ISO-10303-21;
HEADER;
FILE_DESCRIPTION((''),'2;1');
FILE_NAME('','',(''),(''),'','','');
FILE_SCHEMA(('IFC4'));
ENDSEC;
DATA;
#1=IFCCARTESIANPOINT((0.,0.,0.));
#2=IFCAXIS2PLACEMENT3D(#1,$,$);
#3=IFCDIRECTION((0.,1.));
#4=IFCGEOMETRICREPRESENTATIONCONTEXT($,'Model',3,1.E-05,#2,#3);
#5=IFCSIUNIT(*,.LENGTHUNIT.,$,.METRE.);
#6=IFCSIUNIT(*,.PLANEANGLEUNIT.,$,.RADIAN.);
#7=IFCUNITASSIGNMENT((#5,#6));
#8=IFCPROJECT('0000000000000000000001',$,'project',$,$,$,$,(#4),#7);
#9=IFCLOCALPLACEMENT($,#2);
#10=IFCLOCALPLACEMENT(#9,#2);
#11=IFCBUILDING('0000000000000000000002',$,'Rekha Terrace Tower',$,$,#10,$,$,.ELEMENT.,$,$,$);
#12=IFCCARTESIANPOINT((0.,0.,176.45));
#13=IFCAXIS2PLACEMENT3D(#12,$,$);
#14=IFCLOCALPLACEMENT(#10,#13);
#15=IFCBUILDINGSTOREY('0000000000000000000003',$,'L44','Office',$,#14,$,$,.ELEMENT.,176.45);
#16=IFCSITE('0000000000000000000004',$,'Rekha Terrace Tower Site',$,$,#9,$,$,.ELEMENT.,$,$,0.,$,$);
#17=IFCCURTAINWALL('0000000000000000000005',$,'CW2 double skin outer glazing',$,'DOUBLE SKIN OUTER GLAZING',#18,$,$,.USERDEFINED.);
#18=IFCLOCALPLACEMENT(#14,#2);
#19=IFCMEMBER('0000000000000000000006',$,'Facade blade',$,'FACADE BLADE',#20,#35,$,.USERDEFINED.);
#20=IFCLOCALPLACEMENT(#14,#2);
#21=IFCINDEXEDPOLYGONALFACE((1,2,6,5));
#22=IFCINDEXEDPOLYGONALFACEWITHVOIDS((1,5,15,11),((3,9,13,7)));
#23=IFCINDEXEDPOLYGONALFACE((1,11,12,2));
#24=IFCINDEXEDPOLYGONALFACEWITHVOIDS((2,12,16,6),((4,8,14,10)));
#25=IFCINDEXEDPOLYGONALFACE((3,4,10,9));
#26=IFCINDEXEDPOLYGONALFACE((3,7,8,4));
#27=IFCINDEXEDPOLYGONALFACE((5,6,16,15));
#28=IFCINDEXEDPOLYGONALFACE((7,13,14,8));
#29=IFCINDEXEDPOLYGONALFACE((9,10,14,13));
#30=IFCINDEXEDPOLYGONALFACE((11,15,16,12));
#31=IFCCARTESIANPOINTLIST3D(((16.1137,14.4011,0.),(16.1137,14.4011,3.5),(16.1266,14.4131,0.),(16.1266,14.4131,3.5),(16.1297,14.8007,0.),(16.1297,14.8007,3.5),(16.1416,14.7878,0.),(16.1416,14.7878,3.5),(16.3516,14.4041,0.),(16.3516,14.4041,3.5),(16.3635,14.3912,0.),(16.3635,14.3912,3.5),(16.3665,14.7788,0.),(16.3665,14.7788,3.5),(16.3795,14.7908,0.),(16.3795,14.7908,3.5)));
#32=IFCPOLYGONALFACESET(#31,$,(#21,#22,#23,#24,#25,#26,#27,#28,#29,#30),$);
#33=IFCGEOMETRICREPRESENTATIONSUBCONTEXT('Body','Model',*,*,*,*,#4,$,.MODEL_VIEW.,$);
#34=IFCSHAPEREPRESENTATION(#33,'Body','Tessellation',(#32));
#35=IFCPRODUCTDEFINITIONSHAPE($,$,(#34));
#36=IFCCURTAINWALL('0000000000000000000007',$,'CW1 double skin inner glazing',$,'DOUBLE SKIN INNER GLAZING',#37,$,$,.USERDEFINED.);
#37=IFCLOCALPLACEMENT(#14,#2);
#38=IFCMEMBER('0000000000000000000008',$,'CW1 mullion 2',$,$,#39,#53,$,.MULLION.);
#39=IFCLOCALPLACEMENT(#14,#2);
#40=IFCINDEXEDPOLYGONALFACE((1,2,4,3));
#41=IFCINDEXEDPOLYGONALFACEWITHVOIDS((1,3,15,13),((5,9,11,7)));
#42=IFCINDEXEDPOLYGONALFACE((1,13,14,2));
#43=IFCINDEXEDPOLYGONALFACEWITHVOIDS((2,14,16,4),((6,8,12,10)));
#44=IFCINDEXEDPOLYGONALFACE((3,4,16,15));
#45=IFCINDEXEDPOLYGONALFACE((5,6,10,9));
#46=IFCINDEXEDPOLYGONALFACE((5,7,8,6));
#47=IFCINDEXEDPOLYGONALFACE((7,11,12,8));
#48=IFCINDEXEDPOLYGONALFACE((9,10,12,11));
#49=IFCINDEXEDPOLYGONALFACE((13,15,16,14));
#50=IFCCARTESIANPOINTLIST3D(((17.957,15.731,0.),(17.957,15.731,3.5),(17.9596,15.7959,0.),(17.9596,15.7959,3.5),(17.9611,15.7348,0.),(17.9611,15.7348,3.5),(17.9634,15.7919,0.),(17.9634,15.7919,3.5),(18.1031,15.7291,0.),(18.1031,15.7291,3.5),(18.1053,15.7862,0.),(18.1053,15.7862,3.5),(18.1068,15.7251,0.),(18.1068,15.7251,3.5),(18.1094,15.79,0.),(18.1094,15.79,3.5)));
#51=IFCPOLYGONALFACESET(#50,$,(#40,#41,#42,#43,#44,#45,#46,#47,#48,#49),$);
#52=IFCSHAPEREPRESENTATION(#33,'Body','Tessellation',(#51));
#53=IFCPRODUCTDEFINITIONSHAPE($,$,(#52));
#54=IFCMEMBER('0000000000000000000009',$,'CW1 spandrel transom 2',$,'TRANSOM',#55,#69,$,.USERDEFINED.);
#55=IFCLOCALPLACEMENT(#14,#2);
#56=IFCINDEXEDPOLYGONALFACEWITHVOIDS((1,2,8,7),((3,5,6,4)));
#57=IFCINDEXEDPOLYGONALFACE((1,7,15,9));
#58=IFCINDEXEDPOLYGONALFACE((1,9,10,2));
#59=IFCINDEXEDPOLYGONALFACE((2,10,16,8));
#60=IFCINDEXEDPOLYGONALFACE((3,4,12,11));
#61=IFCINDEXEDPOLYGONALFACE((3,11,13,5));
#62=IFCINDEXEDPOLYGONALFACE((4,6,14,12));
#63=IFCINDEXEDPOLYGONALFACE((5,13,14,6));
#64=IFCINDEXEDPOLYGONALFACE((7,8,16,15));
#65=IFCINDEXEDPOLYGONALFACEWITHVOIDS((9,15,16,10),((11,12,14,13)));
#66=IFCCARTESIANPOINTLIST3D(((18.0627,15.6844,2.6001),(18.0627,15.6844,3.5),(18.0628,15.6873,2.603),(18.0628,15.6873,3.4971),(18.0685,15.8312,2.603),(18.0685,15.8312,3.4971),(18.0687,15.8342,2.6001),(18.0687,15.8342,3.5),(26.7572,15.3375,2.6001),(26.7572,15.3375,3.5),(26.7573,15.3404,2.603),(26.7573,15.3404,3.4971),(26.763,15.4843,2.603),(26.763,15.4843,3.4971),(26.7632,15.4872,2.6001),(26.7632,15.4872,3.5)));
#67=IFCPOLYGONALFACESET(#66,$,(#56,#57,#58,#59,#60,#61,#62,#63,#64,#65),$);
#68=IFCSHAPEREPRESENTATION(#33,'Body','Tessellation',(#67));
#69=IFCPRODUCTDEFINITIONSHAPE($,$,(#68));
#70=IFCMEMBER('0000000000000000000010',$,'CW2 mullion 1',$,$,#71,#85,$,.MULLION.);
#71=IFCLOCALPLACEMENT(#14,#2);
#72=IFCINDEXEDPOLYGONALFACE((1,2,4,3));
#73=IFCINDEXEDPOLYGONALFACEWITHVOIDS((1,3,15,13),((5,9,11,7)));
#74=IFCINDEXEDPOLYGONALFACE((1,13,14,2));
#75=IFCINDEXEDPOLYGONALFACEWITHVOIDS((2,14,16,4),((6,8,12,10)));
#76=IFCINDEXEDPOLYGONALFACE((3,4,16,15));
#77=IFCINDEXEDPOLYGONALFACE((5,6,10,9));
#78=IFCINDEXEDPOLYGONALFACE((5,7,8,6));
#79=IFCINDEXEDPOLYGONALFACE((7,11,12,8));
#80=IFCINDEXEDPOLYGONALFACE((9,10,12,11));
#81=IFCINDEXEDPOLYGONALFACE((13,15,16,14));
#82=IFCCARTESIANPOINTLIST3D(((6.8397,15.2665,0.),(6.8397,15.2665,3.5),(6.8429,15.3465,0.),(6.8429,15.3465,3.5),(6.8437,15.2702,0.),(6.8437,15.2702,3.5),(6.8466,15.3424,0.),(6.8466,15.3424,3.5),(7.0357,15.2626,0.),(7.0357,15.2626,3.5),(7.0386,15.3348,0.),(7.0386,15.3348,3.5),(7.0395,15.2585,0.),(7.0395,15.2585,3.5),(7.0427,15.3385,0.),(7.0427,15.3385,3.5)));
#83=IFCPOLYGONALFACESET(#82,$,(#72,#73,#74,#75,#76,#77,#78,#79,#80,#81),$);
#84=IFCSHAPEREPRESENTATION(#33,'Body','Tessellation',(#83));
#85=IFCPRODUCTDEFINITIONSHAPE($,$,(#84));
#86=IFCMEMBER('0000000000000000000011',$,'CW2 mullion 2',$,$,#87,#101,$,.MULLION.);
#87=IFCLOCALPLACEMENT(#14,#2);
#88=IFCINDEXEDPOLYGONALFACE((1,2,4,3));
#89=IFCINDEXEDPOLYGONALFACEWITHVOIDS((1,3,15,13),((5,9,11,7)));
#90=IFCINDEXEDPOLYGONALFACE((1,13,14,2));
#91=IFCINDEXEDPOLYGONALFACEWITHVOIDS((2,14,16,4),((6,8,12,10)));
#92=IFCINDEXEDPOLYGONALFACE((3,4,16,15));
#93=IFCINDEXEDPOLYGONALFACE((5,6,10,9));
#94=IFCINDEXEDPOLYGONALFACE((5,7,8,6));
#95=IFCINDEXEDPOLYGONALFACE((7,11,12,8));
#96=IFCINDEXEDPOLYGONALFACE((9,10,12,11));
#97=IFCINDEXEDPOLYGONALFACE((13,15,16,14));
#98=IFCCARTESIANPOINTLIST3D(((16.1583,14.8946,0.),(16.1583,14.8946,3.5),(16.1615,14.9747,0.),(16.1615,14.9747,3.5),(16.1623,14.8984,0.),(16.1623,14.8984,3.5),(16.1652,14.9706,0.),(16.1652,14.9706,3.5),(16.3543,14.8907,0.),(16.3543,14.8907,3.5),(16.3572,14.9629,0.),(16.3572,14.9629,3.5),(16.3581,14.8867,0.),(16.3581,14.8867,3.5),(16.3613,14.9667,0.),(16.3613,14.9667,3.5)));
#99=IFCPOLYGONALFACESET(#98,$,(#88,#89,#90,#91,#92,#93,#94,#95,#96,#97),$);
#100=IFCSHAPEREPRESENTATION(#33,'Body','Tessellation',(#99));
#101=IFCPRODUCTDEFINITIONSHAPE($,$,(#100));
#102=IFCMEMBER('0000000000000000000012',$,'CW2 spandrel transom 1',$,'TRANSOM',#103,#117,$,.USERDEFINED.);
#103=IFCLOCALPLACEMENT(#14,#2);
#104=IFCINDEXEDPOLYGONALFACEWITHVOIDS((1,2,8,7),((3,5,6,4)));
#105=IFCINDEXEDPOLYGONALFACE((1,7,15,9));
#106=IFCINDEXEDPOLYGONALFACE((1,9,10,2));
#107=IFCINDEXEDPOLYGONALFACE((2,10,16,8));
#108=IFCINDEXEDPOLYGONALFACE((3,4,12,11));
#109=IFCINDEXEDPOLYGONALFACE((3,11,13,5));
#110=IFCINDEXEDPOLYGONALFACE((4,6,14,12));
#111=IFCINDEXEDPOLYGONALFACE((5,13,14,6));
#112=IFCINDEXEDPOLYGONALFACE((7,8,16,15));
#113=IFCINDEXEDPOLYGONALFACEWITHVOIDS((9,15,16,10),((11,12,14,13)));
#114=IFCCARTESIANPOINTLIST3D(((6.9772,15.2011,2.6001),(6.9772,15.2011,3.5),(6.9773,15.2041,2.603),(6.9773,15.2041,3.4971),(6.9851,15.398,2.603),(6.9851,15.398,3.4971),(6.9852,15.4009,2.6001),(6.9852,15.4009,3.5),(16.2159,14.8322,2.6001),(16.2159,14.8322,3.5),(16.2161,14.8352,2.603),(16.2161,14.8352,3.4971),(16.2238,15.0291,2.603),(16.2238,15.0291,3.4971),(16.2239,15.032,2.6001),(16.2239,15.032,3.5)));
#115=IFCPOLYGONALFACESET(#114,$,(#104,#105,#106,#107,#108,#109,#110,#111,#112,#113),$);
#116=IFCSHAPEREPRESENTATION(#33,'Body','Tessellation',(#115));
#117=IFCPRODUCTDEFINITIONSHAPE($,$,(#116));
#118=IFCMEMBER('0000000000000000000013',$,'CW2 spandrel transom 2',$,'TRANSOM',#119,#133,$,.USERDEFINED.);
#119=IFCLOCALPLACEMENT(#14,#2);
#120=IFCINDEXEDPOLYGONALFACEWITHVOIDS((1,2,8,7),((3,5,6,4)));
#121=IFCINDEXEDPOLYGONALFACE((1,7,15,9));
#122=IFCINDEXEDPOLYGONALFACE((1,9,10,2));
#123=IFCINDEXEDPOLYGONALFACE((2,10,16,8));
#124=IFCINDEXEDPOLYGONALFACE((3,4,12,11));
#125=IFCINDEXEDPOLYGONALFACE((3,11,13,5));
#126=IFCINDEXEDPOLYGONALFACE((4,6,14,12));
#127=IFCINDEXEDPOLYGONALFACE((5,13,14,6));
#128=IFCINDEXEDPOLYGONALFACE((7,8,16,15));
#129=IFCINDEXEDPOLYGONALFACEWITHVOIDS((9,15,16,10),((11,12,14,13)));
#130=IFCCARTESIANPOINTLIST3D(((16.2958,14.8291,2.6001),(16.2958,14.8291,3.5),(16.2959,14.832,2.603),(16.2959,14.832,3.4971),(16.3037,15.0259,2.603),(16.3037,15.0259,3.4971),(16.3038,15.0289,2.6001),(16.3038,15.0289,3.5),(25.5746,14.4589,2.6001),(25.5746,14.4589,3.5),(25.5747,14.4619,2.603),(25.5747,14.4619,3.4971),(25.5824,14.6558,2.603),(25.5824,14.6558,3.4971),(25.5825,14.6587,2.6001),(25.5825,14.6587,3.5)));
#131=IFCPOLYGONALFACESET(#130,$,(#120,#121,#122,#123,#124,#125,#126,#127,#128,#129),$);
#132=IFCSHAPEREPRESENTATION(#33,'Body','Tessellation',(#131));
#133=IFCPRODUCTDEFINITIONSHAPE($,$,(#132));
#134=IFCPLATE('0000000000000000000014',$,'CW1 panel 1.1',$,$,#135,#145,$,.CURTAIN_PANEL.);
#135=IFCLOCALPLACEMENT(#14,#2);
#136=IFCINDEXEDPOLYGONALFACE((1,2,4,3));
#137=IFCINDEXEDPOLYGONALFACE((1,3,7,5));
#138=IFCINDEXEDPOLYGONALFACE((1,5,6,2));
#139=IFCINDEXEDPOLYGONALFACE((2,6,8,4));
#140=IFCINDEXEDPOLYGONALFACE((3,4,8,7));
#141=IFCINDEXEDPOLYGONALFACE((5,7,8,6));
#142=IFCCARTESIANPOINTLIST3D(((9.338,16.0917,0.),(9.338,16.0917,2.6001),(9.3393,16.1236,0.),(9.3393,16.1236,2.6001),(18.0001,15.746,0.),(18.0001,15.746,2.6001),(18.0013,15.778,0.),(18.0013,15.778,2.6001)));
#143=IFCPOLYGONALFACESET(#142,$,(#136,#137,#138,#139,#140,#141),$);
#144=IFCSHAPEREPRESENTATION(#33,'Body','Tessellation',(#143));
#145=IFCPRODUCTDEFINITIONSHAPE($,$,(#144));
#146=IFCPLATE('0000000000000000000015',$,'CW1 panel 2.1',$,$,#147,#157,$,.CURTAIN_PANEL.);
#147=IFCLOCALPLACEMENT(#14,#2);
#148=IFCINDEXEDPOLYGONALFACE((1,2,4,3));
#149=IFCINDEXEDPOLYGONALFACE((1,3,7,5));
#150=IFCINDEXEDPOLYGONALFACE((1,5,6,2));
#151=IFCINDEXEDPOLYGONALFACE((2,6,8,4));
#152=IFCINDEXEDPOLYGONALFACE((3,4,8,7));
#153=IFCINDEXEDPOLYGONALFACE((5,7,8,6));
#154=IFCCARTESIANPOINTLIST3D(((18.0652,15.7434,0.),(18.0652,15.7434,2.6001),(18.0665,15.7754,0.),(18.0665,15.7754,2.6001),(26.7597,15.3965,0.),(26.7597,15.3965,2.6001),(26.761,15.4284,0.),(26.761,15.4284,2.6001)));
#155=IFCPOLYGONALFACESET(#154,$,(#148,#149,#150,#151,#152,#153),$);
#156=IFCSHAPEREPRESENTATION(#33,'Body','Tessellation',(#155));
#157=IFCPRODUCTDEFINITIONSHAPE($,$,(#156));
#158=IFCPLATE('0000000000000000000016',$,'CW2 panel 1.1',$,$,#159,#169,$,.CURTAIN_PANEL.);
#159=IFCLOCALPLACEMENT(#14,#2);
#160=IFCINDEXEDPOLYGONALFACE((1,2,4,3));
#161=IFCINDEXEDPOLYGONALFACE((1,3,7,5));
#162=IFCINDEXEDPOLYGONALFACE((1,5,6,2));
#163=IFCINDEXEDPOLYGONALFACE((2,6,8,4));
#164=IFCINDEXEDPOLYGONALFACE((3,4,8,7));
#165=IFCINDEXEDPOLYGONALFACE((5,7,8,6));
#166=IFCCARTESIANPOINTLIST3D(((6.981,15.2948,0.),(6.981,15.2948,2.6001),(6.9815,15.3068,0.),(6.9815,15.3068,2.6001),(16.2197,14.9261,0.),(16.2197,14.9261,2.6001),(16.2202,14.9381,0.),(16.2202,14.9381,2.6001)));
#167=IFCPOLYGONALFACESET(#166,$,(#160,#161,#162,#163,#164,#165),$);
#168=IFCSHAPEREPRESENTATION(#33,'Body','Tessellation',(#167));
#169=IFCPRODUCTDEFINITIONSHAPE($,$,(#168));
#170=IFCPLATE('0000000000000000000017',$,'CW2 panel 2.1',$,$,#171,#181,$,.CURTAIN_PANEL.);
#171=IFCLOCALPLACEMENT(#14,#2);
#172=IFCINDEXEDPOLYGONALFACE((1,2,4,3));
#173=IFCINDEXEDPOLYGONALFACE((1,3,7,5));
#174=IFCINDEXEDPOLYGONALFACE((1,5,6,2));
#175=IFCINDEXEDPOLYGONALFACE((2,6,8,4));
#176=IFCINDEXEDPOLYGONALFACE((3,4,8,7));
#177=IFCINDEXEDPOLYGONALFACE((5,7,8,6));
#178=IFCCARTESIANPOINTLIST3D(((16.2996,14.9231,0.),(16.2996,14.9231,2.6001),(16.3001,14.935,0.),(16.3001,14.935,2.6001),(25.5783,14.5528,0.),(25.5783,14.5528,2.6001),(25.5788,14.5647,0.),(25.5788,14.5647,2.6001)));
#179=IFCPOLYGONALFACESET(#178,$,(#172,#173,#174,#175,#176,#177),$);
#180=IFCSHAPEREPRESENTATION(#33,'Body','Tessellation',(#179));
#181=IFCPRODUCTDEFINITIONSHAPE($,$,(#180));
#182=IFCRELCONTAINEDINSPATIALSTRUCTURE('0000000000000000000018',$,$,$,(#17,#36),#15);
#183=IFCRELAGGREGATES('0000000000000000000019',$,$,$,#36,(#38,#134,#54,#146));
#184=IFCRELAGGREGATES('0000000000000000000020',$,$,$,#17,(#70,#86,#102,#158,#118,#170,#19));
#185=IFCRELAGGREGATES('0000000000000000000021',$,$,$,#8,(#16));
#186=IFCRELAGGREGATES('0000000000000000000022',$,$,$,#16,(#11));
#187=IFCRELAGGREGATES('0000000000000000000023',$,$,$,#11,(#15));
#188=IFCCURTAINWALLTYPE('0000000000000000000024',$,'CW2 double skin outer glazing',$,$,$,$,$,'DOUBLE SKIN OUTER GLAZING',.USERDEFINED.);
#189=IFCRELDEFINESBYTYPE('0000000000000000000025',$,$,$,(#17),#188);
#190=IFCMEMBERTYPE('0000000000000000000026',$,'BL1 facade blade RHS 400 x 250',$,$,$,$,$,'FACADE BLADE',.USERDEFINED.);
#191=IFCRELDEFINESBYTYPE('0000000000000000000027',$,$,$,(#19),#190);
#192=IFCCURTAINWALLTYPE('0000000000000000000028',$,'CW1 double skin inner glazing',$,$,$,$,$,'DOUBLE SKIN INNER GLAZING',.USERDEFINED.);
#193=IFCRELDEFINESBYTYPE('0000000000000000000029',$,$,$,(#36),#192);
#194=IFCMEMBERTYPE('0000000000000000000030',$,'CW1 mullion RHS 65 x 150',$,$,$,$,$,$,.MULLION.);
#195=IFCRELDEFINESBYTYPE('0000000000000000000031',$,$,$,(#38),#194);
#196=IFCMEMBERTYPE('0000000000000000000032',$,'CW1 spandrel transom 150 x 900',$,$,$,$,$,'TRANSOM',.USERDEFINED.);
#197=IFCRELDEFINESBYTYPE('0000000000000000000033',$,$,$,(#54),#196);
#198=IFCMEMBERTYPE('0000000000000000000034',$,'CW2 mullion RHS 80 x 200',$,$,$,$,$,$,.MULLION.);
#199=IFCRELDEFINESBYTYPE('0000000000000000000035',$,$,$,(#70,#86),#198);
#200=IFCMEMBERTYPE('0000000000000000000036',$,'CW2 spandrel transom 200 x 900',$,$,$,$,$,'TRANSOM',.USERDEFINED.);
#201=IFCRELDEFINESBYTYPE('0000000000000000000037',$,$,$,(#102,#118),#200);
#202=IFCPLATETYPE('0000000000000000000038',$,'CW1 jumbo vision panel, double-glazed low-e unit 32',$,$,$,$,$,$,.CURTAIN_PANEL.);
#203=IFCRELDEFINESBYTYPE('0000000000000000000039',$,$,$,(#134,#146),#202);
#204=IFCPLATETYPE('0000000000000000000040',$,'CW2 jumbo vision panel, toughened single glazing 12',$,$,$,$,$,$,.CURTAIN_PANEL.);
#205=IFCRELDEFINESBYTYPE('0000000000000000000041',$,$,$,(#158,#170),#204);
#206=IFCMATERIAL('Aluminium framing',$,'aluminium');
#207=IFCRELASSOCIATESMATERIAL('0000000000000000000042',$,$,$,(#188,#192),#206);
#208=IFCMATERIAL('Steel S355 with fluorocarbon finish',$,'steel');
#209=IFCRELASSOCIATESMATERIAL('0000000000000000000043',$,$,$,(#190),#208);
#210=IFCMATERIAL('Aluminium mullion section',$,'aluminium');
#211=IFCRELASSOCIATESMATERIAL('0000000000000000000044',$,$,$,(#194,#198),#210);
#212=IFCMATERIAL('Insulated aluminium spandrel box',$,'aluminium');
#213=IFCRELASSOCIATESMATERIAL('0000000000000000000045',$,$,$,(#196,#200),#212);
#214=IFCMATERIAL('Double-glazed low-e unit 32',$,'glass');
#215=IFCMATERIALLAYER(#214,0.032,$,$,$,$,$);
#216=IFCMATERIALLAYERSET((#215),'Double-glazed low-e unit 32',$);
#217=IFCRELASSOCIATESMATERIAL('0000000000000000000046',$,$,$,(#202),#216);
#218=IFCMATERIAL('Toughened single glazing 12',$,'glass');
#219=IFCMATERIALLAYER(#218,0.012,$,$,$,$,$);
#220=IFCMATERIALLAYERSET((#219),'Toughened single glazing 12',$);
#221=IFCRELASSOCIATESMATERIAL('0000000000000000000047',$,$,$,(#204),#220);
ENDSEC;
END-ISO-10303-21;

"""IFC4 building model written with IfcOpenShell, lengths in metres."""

from ifc_helpers import new_model, si_unit, direction, frame, origin, origin_2d, place, context, subcontext, project, spatial, rectangle, hollow_rectangle, extrude, material, layer, layer_set, material_profile, profile_set, type_object, element, aggregate, save


model = new_model("IFC4")

# Units and contexts
model_context = context("Model", 3, precision=1e-05, world=origin(), true_north=direction((0.0, 1.0)))
body_context = subcontext(model_context, "Body", "Model", "MODEL_VIEW")
ifc_project = project(units=[si_unit("LENGTHUNIT", "METRE"), si_unit("PLANEANGLEUNIT", "RADIAN")], contexts=[model_context])

# Site, building, storey
site_placement = place(None, origin())
site = spatial("IfcSite", under=ifc_project, at=site_placement, Name="Rekha Terrace Tower Site", CompositionType="ELEMENT", RefElevation=0.0)
building_placement = place(site_placement, origin())
building = spatial("IfcBuilding", under=site, at=building_placement, Name="Rekha Terrace Tower", CompositionType="ELEMENT")
storey_placement = place(building_placement, frame((0.0, 0.0, 176.45)))
storey = spatial("IfcBuildingStorey", under=building, at=storey_placement, Name="L44", Description="Office", CompositionType="ELEMENT", Elevation=176.45)

# Curtain wall, member
ifc_material_1 = material(Name="Aluminium framing", Category="aluminium")
curtain_wall_type_1 = type_object("IfcCurtainWallType", Name="CW2 double skin outer glazing", ElementType="DOUBLE SKIN OUTER GLAZING", PredefinedType="USERDEFINED", material=ifc_material_1)
curtain_wall_1_placement = place(storey_placement, origin())
curtain_wall_1 = element("IfcCurtainWall", 1, at=curtain_wall_1_placement, inside=storey, type_object=curtain_wall_type_1, Name="CW2 double skin outer glazing", ObjectType="DOUBLE SKIN OUTER GLAZING", PredefinedType="USERDEFINED")
ifc_material_2 = material(Name="Steel S355 with fluorocarbon finish", Category="steel")
ifc_material_profile_1 = material_profile(ifc_material_2, hollow_rectangle(XDim=0.25, YDim=0.3999, WallThickness=0.0125, at=origin_2d()), Name="RHS400x250x12.5")
ifc_profile_set_1 = profile_set([ifc_material_profile_1], Name="Steel S355 with fluorocarbon finish")
member_type_1 = type_object("IfcMemberType", Name="BL1 facade blade RHS 400 x 250", ElementType="FACADE BLADE", PredefinedType="USERDEFINED", material=ifc_profile_set_1)
member_1_placement = place(storey_placement, frame((16.2466, 14.5959, 0.0), z_axis=(0.0, 0.0, 1.0), x_axis=(0.999205, -0.039872, 0.0)))
member_1 = element("IfcMember", 2, at=member_1_placement, type_object=member_type_1, Name="Facade blade", ObjectType="FACADE BLADE", PredefinedType="USERDEFINED", context=body_context, shape_type="SweptSolid", body=[
    extrude(hollow_rectangle(XDim=0.25, YDim=0.3999, WallThickness=0.0125, at=origin_2d()), origin(), (0.0, 0.0, 1.0), 3.5),
])

# Curtain wall, members
curtain_wall_type_2 = type_object("IfcCurtainWallType", Name="CW1 double skin inner glazing", ElementType="DOUBLE SKIN INNER GLAZING", PredefinedType="USERDEFINED", material=ifc_material_1)
curtain_wall_2_placement = place(storey_placement, origin())
curtain_wall_2 = element("IfcCurtainWall", 3, at=curtain_wall_2_placement, inside=storey, type_object=curtain_wall_type_2, Name="CW1 double skin inner glazing", ObjectType="DOUBLE SKIN INNER GLAZING", PredefinedType="USERDEFINED")
ifc_material_3 = material(Name="Aluminium mullion section", Category="aluminium")
ifc_material_profile_2 = material_profile(ifc_material_3, hollow_rectangle(XDim=0.0649, YDim=0.1499, WallThickness=0.0039, at=origin_2d()), Name="AL RHS 65x150")
ifc_profile_set_2 = profile_set([ifc_material_profile_2], Name="Aluminium mullion section")
member_type_2 = type_object("IfcMemberType", Name="CW1 mullion RHS 65 x 150", PredefinedType="MULLION", material=ifc_profile_set_2)
member_2_placement = place(storey_placement, frame((18.0332, 15.7605, 0.0), z_axis=(0.0, 0.0, 1.0), x_axis=(0.039872, 0.999205, 0.0)))
member_2 = element("IfcMember", 4, at=member_2_placement, type_object=member_type_2, Name="CW1 mullion 2", PredefinedType="MULLION", context=body_context, shape_type="SweptSolid", body=[
    extrude(hollow_rectangle(XDim=0.0649, YDim=0.1499, WallThickness=0.0039, at=origin_2d()), origin(), (0.0, 0.0, 1.0), 3.5),
])
ifc_material_4 = material(Name="Insulated aluminium spandrel box", Category="aluminium")
ifc_material_profile_3 = material_profile(ifc_material_4, hollow_rectangle(XDim=0.1499, YDim=0.8999, WallThickness=0.0029, at=origin_2d()), Name="AL SPANDREL BOX 150x900")
ifc_profile_set_3 = profile_set([ifc_material_profile_3], Name="Insulated aluminium spandrel box")
member_type_3 = type_object("IfcMemberType", Name="CW1 spandrel transom 150 x 900", ElementType="TRANSOM", PredefinedType="USERDEFINED", material=ifc_profile_set_3)
member_3_placement = place(storey_placement, frame((18.0657, 15.7593, 3.05), z_axis=(0.999205, -0.039869, 0.0), x_axis=(0.039869, 0.999205, 0.0)))
member_3 = element("IfcMember", 5, at=member_3_placement, type_object=member_type_3, Name="CW1 spandrel transom 2", ObjectType="TRANSOM", PredefinedType="USERDEFINED", context=body_context, shape_type="SweptSolid", body=[
    extrude(hollow_rectangle(XDim=0.1499, YDim=0.8999, WallThickness=0.0029, at=origin_2d()), origin(), (0.0, 0.0, 1.0), 8.7014),
])

# Members
ifc_material_profile_4 = material_profile(ifc_material_3, hollow_rectangle(XDim=0.0801, YDim=0.2, WallThickness=0.0039, at=origin_2d()), Name="AL RHS 80x200")
ifc_profile_set_4 = profile_set([ifc_material_profile_4], Name="Aluminium mullion section")
member_type_4 = type_object("IfcMemberType", Name="CW2 mullion RHS 80 x 200", PredefinedType="MULLION", material=ifc_profile_set_4)
member_4_placement = place(storey_placement, frame((6.9412, 15.3025, 0.0), z_axis=(0.0, 0.0, 1.0), x_axis=(0.039872, 0.999205, 0.0)))
member_4 = element("IfcMember", 6, at=member_4_placement, type_object=member_type_4, Name="CW2 mullion 1", PredefinedType="MULLION", context=body_context, shape_type="SweptSolid", body=[
    extrude(hollow_rectangle(XDim=0.0801, YDim=0.2, WallThickness=0.0039, at=origin_2d()), origin(), (0.0, 0.0, 1.0), 3.5),
])
member_5_placement = place(storey_placement, frame((16.2598, 14.9307, 0.0), z_axis=(0.0, 0.0, 1.0), x_axis=(0.039872, 0.999205, 0.0)))
member_5 = element("IfcMember", 7, at=member_5_placement, type_object=member_type_4, Name="CW2 mullion 2", PredefinedType="MULLION", context=body_context, shape_type="SweptSolid", body=[
    extrude(hollow_rectangle(XDim=0.0801, YDim=0.2, WallThickness=0.0039, at=origin_2d()), origin(), (0.0, 0.0, 1.0), 3.5),
])
ifc_material_profile_5 = material_profile(ifc_material_4, hollow_rectangle(XDim=0.2, YDim=0.8999, WallThickness=0.0029, at=origin_2d()), Name="AL SPANDREL BOX 200x900")
ifc_profile_set_5 = profile_set([ifc_material_profile_5], Name="Insulated aluminium spandrel box")
member_type_5 = type_object("IfcMemberType", Name="CW2 spandrel transom 200 x 900", ElementType="TRANSOM", PredefinedType="USERDEFINED", material=ifc_profile_set_5)
member_6_placement = place(storey_placement, frame((6.9812, 15.301, 3.05), z_axis=(0.999204, -0.039897, 0.0), x_axis=(0.039897, 0.999204, 0.0)))
member_6 = element("IfcMember", 8, at=member_6_placement, type_object=member_type_5, Name="CW2 spandrel transom 1", ObjectType="TRANSOM", PredefinedType="USERDEFINED", context=body_context, shape_type="SweptSolid", body=[
    extrude(hollow_rectangle(XDim=0.2, YDim=0.8999, WallThickness=0.0029, at=origin_2d()), origin(), (0.0, 0.0, 1.0), 9.2461),
])
member_7_placement = place(storey_placement, frame((16.2998, 14.929, 3.05), z_axis=(0.999205, -0.039857, 0.0), x_axis=(0.039857, 0.999205, 0.0)))
member_7 = element("IfcMember", 9, at=member_7_placement, type_object=member_type_5, Name="CW2 spandrel transom 2", ObjectType="TRANSOM", PredefinedType="USERDEFINED", context=body_context, shape_type="SweptSolid", body=[
    extrude(hollow_rectangle(XDim=0.2, YDim=0.8999, WallThickness=0.0029, at=origin_2d()), origin(), (0.0, 0.0, 1.0), 9.2861),
])

# Plates
ifc_material_5 = material(Name="Double-glazed low-e unit 32", Category="glass")
ifc_layer_1 = layer(ifc_material_5, 0.032)
ifc_layer_set_1 = layer_set([ifc_layer_1], Name="Double-glazed low-e unit 32")
plate_type_1 = type_object("IfcPlateType", Name="CW1 jumbo vision panel, double-glazed low-e unit 32", PredefinedType="CURTAIN_PANEL", material=ifc_layer_set_1)
plate_1_placement = place(storey_placement, frame((13.6697, 15.9348, 0.0), z_axis=(0.0, 0.0, 1.0), x_axis=(0.999205, -0.039872, 0.0)))
plate_1 = element("IfcPlate", 10, at=plate_1_placement, type_object=plate_type_1, Name="CW1 panel 1.1", PredefinedType="CURTAIN_PANEL", context=body_context, shape_type="SweptSolid", body=[
    extrude(rectangle(XDim=8.6689, YDim=0.032, at=origin_2d()), origin(), (0.0, 0.0, 1.0), 2.6001),
])
plate_2_placement = place(storey_placement, frame((22.4131, 15.5859, 0.0), z_axis=(0.0, 0.0, 1.0), x_axis=(0.999205, -0.039872, 0.0)))
plate_2 = element("IfcPlate", 11, at=plate_2_placement, type_object=plate_type_1, Name="CW1 panel 2.1", PredefinedType="CURTAIN_PANEL", context=body_context, shape_type="SweptSolid", body=[
    extrude(rectangle(XDim=8.7014, YDim=0.032, at=origin_2d()), origin(), (0.0, 0.0, 1.0), 2.6001),
])
aggregate(curtain_wall_2, [member_2, plate_1, member_3, plate_2])
ifc_material_6 = material(Name="Toughened single glazing 12", Category="glass")
ifc_layer_2 = layer(ifc_material_6, 0.012)
ifc_layer_set_2 = layer_set([ifc_layer_2], Name="Toughened single glazing 12")
plate_type_2 = type_object("IfcPlateType", Name="CW2 jumbo vision panel, toughened single glazing 12", PredefinedType="CURTAIN_PANEL", material=ifc_layer_set_2)
plate_3_placement = place(storey_placement, frame((11.6006, 15.1165, 0.0), z_axis=(0.0, 0.0, 1.0), x_axis=(0.999205, -0.039872, 0.0)))
plate_3 = element("IfcPlate", 12, at=plate_3_placement, type_object=plate_type_2, Name="CW2 panel 1.1", PredefinedType="CURTAIN_PANEL", context=body_context, shape_type="SweptSolid", body=[
    extrude(rectangle(XDim=9.2461, YDim=0.012, at=origin_2d()), origin(), (0.0, 0.0, 1.0), 2.6001),
])
plate_4_placement = place(storey_placement, frame((20.9392, 14.7439, 0.0), z_axis=(0.0, 0.0, 1.0), x_axis=(0.999205, -0.039872, 0.0)))
plate_4 = element("IfcPlate", 13, at=plate_4_placement, type_object=plate_type_2, Name="CW2 panel 2.1", PredefinedType="CURTAIN_PANEL", context=body_context, shape_type="SweptSolid", body=[
    extrude(rectangle(XDim=9.2861, YDim=0.012, at=origin_2d()), origin(), (0.0, 0.0, 1.0), 2.6001),
])
aggregate(curtain_wall_1, [member_4, member_5, member_6, plate_3, member_7, plate_4, member_1])

save(model, "model.ifc")
